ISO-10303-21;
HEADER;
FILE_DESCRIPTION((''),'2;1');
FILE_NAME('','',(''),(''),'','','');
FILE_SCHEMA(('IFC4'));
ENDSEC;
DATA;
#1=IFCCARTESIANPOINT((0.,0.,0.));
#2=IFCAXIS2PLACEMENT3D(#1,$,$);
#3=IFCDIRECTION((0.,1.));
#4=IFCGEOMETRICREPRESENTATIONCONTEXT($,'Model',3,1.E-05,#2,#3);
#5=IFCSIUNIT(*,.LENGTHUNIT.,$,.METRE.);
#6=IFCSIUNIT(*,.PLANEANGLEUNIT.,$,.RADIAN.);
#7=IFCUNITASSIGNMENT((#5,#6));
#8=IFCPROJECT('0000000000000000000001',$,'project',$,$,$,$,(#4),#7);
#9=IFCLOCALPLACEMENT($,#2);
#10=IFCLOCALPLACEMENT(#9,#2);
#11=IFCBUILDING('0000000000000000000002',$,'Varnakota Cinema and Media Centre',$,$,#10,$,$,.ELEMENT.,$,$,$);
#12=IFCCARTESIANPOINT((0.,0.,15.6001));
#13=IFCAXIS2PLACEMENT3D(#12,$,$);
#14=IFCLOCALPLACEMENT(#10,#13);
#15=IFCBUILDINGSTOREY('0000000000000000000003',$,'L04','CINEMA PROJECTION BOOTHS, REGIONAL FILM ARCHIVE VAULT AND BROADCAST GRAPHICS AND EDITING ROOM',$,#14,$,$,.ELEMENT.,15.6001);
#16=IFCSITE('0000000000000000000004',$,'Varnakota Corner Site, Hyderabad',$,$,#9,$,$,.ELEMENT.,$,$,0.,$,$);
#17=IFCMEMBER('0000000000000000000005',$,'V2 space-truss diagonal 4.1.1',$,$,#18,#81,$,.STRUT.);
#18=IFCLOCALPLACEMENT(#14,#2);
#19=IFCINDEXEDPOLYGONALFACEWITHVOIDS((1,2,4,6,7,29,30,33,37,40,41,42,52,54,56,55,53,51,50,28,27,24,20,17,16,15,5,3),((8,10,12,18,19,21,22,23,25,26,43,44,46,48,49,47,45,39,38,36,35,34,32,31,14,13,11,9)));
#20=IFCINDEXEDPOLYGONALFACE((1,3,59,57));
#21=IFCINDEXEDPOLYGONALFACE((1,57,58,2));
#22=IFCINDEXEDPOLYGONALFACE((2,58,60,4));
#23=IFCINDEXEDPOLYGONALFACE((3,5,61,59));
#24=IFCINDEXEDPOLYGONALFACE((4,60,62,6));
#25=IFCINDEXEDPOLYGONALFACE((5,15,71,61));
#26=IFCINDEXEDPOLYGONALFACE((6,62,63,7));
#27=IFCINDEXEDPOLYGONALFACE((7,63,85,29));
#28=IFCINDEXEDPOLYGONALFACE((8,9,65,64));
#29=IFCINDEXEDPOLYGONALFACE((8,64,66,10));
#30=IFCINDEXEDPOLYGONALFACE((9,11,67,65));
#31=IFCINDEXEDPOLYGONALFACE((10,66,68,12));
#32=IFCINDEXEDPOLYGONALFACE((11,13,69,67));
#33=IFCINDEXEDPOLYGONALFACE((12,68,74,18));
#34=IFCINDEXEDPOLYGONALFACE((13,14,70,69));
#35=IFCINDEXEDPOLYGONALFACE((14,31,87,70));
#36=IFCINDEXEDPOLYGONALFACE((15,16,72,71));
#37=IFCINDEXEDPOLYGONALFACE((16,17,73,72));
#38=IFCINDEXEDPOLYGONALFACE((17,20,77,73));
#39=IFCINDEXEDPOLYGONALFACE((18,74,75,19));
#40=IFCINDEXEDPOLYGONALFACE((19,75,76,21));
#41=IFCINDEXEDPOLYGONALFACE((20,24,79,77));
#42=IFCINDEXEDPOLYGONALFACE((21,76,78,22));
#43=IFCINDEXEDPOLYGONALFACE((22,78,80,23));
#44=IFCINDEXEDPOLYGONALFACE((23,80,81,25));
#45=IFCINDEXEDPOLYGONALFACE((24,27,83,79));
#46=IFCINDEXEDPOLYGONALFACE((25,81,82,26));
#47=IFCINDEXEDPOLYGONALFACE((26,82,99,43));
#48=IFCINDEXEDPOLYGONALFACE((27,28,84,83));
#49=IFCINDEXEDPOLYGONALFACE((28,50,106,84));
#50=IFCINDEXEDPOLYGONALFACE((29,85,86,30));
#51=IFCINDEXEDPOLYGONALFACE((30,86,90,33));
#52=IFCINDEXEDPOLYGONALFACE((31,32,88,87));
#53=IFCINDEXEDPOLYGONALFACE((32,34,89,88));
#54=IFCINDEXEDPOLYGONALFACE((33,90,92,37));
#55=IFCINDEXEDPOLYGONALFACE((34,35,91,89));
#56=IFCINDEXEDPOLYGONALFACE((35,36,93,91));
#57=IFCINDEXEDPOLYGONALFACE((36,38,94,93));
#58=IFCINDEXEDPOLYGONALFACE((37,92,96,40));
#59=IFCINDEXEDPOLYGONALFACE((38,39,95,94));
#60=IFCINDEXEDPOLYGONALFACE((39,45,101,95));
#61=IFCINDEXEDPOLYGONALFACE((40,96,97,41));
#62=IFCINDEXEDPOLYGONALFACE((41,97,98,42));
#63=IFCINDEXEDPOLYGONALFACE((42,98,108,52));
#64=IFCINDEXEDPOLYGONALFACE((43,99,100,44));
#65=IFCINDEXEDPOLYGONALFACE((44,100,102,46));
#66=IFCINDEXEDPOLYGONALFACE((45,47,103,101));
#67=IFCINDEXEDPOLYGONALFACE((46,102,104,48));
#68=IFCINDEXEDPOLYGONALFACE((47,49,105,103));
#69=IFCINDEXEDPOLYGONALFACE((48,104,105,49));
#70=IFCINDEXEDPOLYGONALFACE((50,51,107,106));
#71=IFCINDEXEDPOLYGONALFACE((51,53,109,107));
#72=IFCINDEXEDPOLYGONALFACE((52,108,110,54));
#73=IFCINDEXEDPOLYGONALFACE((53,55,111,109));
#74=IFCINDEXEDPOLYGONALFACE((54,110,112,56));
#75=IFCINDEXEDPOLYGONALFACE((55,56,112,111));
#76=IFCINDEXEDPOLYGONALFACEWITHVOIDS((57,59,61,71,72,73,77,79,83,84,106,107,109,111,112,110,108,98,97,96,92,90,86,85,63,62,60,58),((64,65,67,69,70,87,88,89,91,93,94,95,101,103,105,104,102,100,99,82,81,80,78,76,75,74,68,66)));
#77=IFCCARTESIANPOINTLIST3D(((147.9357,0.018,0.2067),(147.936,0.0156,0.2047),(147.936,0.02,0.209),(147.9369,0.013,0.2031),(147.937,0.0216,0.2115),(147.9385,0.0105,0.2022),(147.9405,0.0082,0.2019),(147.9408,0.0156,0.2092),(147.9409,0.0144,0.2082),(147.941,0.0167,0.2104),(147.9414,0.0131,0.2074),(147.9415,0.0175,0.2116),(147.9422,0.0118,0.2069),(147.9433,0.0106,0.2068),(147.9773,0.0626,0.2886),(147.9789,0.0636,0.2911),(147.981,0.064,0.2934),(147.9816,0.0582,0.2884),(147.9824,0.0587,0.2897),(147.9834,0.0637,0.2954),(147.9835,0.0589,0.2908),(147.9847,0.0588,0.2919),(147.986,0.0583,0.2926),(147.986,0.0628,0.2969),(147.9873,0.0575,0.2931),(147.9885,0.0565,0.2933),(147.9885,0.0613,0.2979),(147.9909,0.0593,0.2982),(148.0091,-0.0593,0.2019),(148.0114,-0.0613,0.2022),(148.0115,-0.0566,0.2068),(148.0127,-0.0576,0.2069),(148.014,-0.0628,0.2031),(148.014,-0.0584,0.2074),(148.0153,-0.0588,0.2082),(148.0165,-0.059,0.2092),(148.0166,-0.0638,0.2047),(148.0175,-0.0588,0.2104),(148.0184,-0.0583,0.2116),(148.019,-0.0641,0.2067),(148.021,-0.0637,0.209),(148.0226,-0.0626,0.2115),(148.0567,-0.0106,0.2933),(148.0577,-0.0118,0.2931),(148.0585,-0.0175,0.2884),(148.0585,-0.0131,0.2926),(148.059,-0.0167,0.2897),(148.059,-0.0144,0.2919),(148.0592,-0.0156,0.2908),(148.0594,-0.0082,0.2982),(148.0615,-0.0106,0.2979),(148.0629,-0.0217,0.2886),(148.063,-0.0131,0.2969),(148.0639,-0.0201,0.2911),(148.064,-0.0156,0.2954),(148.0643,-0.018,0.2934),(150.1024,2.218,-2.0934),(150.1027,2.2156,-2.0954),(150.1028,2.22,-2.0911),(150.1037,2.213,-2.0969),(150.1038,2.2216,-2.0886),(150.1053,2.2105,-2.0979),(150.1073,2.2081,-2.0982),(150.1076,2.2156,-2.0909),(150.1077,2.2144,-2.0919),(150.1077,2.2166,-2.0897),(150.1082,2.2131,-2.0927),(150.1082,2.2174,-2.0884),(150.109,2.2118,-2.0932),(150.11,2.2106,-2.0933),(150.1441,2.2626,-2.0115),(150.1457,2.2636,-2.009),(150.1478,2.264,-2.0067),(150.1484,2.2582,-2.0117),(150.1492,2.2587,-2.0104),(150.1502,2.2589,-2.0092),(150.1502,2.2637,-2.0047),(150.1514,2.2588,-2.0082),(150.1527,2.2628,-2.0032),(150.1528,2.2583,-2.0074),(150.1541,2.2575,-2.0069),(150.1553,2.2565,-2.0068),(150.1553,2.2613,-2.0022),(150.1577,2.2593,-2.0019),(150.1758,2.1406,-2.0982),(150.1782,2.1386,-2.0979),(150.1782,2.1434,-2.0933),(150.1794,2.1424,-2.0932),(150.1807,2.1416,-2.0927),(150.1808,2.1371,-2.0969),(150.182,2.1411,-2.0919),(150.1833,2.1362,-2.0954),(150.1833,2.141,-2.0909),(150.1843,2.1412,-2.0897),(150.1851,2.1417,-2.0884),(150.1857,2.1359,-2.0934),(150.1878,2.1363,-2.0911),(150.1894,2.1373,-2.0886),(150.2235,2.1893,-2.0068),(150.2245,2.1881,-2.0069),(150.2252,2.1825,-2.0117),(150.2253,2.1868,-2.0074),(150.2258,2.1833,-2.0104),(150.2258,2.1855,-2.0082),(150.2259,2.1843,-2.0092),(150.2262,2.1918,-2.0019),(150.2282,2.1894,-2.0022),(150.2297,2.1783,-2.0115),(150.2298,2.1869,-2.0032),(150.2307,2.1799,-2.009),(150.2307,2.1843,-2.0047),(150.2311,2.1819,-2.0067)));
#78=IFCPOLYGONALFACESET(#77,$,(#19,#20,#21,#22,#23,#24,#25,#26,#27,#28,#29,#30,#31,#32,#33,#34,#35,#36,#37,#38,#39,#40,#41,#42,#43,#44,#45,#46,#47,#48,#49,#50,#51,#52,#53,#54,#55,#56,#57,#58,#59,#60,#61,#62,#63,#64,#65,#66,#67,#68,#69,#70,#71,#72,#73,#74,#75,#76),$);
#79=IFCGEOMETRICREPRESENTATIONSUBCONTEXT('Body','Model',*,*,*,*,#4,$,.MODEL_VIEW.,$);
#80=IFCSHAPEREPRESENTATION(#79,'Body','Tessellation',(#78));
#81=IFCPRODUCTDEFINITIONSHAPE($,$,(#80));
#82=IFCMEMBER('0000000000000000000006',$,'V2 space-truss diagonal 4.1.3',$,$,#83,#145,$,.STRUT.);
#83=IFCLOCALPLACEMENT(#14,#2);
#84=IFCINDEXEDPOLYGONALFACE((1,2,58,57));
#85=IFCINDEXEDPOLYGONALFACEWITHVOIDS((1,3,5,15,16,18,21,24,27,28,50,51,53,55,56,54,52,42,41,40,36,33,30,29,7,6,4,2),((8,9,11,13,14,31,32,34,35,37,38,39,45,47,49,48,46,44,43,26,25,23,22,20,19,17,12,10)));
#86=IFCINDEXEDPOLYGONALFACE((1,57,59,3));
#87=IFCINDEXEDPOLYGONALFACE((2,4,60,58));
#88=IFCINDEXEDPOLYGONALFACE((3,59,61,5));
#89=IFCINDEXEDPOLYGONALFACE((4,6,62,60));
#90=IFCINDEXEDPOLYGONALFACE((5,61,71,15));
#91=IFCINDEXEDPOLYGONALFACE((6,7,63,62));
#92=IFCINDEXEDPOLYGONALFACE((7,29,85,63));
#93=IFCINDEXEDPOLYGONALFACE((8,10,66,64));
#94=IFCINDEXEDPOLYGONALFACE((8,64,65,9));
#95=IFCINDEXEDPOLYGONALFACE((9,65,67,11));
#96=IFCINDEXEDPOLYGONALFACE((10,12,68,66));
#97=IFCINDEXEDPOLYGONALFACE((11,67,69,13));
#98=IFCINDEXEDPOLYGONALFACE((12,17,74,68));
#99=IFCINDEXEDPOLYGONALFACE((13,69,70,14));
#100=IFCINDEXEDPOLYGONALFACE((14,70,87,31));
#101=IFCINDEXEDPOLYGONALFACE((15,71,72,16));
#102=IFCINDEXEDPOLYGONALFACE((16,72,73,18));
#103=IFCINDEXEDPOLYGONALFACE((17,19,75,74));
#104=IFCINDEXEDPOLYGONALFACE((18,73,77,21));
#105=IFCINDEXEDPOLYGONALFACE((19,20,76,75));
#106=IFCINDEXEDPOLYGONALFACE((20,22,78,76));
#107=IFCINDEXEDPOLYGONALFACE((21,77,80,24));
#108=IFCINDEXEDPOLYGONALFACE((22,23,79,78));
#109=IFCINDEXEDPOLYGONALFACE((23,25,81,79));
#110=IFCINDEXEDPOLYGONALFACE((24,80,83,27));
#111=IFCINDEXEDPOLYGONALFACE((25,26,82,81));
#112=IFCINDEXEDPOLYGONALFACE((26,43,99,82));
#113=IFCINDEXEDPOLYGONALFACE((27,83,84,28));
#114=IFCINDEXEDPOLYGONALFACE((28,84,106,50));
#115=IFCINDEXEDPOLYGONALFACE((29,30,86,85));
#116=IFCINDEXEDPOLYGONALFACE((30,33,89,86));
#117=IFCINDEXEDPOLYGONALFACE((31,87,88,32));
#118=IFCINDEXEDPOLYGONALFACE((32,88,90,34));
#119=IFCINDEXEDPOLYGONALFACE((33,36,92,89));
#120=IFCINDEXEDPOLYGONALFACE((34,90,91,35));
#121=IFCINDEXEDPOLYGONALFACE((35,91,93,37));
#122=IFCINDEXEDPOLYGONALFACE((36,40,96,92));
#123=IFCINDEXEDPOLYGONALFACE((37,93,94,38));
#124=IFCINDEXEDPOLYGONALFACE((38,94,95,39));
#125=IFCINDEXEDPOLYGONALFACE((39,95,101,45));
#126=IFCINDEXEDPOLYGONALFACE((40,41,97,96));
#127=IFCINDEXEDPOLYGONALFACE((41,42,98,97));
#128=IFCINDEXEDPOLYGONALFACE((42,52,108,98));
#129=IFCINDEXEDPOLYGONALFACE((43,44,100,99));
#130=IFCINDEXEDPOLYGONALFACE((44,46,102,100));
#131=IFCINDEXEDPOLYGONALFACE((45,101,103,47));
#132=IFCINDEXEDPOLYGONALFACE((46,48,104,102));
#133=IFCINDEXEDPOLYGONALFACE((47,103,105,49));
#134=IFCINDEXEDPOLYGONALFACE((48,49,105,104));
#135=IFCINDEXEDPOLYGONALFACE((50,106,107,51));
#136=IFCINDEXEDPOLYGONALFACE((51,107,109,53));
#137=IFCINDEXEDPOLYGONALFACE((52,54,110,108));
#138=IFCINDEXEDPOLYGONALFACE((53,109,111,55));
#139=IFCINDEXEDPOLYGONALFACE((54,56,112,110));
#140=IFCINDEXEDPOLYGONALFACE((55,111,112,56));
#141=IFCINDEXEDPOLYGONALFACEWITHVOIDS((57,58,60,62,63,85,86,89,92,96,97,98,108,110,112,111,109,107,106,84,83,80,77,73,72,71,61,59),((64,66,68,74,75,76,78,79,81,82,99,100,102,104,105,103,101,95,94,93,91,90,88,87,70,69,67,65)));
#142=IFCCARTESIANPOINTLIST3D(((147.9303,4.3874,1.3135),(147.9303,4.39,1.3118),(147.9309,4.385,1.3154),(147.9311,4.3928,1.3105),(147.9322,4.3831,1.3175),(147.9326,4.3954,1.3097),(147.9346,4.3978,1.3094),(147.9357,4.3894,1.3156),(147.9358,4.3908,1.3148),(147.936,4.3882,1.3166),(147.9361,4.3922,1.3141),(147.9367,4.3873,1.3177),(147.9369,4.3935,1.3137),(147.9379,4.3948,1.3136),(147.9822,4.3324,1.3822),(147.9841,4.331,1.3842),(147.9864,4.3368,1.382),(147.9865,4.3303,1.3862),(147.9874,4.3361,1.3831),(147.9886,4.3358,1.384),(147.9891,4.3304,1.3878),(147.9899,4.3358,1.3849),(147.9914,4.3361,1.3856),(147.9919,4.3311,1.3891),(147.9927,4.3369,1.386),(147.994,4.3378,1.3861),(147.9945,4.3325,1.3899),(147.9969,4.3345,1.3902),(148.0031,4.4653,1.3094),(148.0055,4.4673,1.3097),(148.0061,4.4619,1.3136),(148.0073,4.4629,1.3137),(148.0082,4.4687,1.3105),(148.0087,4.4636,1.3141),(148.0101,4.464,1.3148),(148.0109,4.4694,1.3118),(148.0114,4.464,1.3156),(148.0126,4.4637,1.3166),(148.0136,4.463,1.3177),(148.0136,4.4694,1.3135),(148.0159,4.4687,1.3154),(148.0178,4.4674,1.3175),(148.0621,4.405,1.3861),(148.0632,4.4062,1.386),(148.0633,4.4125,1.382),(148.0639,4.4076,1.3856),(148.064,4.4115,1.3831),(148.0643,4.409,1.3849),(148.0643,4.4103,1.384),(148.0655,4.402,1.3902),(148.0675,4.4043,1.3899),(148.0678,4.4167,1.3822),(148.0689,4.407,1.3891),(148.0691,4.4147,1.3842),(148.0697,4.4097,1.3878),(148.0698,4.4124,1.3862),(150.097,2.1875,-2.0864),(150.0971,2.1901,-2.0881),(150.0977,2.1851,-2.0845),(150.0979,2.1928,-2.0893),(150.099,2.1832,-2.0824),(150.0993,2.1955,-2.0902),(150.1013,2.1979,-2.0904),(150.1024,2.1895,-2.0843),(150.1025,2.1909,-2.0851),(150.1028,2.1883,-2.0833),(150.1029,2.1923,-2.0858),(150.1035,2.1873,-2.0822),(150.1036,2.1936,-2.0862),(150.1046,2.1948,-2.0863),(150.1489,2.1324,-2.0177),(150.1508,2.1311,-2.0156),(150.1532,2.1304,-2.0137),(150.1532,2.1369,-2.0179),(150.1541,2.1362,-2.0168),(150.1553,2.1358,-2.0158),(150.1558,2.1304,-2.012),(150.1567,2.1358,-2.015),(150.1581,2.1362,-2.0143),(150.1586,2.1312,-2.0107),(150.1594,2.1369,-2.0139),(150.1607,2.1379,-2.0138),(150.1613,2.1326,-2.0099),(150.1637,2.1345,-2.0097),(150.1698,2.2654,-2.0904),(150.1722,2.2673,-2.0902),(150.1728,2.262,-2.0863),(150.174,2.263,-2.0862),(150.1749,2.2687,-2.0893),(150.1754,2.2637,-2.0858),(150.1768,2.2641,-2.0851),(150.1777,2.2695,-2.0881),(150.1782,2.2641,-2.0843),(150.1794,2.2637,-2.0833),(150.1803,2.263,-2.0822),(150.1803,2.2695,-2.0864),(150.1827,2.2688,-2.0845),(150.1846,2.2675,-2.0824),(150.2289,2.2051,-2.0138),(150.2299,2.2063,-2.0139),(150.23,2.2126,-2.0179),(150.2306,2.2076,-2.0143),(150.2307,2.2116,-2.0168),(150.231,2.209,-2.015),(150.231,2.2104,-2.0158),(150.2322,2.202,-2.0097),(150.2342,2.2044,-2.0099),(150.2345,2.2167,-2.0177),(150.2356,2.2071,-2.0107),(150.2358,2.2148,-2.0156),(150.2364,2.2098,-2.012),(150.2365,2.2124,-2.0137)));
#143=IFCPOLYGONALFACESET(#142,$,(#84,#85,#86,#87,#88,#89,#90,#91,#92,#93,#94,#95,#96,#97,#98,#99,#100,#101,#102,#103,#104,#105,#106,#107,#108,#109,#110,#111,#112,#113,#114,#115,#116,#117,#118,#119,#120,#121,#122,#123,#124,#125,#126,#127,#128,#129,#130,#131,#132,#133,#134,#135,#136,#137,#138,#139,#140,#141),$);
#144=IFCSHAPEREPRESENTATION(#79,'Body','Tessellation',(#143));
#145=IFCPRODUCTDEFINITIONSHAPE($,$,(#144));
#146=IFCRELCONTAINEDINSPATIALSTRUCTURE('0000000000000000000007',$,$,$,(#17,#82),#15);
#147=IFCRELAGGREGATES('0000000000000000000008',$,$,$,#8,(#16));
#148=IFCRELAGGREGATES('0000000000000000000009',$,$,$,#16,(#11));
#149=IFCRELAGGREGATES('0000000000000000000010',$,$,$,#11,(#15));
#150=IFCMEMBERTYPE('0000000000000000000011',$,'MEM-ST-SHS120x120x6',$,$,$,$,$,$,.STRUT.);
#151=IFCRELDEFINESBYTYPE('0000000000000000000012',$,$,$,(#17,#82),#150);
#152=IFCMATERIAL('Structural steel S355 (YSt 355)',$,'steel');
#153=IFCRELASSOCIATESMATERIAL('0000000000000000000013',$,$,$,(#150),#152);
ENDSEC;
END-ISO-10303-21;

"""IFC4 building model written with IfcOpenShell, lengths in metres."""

from ifc_helpers import new_model, si_unit, direction, frame, origin, origin_2d, place, context, subcontext, project, spatial, hollow_rectangle, extrude, material, material_profile, profile_set, type_object, element, save


model = new_model("IFC4")

# Units and contexts
model_context = context("Model", 3, precision=1e-05, world=origin(), true_north=direction((0.0, 1.0)))
body_context = subcontext(model_context, "Body", "Model", "MODEL_VIEW")
ifc_project = project(units=[si_unit("LENGTHUNIT", "METRE"), si_unit("PLANEANGLEUNIT", "RADIAN")], contexts=[model_context])

# Site, building, storey
site_placement = place(None, origin())
site = spatial("IfcSite", under=ifc_project, at=site_placement, Name="Varnakota Corner Site, Hyderabad", CompositionType="ELEMENT", RefElevation=0.0)
building_placement = place(site_placement, origin())
building = spatial("IfcBuilding", under=site, at=building_placement, Name="Varnakota Cinema and Media Centre", CompositionType="ELEMENT")
storey_placement = place(building_placement, frame((0.0, 0.0, 15.6001)))
storey = spatial("IfcBuildingStorey", under=building, at=storey_placement, Name="L04", Description="CINEMA PROJECTION BOOTHS, REGIONAL FILM ARCHIVE VAULT AND BROADCAST GRAPHICS AND EDITING ROOM", CompositionType="ELEMENT", Elevation=15.6001)

# Members
ifc_material_1 = material(Name="Structural steel S355 (YSt 355)", Category="steel")
ifc_material_profile_1 = material_profile(ifc_material_1, hollow_rectangle(XDim=0.1201, YDim=0.1201, WallThickness=0.0061, InnerFilletRadius=0.0061, OuterFilletRadius=0.012, at=origin_2d()), Name="SHS 120x120x6")
ifc_profile_set_1 = profile_set([ifc_material_profile_1], Name="Structural steel S355 (YSt 355)")
member_type_1 = type_object("IfcMemberType", Name="MEM-ST-SHS120x120x6", PredefinedType="STRUT", material=ifc_profile_set_1)
member_1_placement = place(storey_placement, frame((150.1667, 2.2, -2.05), z_axis=(-0.562748, -0.571371, 0.597369), x_axis=(0.712463, -0.70171, 0.0)))
element("IfcMember", 1, at=member_1_placement, inside=storey, type_object=member_type_1, Name="V2 space-truss diagonal 4.1.1", PredefinedType="STRUT", context=body_context, shape_type="SweptSolid", body=[
    extrude(hollow_rectangle(XDim=0.1201, YDim=0.1201, WallThickness=0.0061, InnerFilletRadius=0.0061, OuterFilletRadius=0.012, at=origin_2d()), origin(), (0.0, 0.0, 1.0), 3.8503),
])
member_2_placement = place(storey_placement, frame((150.1667, 2.2, -2.05), z_axis=(-0.471769, 0.478999, 0.740266), x_axis=(-0.712463, -0.70171, 0.0)))
element("IfcMember", 2, at=member_2_placement, inside=storey, type_object=member_type_1, Name="V2 space-truss diagonal 4.1.3", PredefinedType="STRUT", context=body_context, shape_type="SweptSolid", body=[
    extrude(hollow_rectangle(XDim=0.1201, YDim=0.1201, WallThickness=0.0061, InnerFilletRadius=0.0061, OuterFilletRadius=0.012, at=origin_2d()), origin(), (0.0, 0.0, 1.0), 4.5928),
])

save(model, "model.ifc")
